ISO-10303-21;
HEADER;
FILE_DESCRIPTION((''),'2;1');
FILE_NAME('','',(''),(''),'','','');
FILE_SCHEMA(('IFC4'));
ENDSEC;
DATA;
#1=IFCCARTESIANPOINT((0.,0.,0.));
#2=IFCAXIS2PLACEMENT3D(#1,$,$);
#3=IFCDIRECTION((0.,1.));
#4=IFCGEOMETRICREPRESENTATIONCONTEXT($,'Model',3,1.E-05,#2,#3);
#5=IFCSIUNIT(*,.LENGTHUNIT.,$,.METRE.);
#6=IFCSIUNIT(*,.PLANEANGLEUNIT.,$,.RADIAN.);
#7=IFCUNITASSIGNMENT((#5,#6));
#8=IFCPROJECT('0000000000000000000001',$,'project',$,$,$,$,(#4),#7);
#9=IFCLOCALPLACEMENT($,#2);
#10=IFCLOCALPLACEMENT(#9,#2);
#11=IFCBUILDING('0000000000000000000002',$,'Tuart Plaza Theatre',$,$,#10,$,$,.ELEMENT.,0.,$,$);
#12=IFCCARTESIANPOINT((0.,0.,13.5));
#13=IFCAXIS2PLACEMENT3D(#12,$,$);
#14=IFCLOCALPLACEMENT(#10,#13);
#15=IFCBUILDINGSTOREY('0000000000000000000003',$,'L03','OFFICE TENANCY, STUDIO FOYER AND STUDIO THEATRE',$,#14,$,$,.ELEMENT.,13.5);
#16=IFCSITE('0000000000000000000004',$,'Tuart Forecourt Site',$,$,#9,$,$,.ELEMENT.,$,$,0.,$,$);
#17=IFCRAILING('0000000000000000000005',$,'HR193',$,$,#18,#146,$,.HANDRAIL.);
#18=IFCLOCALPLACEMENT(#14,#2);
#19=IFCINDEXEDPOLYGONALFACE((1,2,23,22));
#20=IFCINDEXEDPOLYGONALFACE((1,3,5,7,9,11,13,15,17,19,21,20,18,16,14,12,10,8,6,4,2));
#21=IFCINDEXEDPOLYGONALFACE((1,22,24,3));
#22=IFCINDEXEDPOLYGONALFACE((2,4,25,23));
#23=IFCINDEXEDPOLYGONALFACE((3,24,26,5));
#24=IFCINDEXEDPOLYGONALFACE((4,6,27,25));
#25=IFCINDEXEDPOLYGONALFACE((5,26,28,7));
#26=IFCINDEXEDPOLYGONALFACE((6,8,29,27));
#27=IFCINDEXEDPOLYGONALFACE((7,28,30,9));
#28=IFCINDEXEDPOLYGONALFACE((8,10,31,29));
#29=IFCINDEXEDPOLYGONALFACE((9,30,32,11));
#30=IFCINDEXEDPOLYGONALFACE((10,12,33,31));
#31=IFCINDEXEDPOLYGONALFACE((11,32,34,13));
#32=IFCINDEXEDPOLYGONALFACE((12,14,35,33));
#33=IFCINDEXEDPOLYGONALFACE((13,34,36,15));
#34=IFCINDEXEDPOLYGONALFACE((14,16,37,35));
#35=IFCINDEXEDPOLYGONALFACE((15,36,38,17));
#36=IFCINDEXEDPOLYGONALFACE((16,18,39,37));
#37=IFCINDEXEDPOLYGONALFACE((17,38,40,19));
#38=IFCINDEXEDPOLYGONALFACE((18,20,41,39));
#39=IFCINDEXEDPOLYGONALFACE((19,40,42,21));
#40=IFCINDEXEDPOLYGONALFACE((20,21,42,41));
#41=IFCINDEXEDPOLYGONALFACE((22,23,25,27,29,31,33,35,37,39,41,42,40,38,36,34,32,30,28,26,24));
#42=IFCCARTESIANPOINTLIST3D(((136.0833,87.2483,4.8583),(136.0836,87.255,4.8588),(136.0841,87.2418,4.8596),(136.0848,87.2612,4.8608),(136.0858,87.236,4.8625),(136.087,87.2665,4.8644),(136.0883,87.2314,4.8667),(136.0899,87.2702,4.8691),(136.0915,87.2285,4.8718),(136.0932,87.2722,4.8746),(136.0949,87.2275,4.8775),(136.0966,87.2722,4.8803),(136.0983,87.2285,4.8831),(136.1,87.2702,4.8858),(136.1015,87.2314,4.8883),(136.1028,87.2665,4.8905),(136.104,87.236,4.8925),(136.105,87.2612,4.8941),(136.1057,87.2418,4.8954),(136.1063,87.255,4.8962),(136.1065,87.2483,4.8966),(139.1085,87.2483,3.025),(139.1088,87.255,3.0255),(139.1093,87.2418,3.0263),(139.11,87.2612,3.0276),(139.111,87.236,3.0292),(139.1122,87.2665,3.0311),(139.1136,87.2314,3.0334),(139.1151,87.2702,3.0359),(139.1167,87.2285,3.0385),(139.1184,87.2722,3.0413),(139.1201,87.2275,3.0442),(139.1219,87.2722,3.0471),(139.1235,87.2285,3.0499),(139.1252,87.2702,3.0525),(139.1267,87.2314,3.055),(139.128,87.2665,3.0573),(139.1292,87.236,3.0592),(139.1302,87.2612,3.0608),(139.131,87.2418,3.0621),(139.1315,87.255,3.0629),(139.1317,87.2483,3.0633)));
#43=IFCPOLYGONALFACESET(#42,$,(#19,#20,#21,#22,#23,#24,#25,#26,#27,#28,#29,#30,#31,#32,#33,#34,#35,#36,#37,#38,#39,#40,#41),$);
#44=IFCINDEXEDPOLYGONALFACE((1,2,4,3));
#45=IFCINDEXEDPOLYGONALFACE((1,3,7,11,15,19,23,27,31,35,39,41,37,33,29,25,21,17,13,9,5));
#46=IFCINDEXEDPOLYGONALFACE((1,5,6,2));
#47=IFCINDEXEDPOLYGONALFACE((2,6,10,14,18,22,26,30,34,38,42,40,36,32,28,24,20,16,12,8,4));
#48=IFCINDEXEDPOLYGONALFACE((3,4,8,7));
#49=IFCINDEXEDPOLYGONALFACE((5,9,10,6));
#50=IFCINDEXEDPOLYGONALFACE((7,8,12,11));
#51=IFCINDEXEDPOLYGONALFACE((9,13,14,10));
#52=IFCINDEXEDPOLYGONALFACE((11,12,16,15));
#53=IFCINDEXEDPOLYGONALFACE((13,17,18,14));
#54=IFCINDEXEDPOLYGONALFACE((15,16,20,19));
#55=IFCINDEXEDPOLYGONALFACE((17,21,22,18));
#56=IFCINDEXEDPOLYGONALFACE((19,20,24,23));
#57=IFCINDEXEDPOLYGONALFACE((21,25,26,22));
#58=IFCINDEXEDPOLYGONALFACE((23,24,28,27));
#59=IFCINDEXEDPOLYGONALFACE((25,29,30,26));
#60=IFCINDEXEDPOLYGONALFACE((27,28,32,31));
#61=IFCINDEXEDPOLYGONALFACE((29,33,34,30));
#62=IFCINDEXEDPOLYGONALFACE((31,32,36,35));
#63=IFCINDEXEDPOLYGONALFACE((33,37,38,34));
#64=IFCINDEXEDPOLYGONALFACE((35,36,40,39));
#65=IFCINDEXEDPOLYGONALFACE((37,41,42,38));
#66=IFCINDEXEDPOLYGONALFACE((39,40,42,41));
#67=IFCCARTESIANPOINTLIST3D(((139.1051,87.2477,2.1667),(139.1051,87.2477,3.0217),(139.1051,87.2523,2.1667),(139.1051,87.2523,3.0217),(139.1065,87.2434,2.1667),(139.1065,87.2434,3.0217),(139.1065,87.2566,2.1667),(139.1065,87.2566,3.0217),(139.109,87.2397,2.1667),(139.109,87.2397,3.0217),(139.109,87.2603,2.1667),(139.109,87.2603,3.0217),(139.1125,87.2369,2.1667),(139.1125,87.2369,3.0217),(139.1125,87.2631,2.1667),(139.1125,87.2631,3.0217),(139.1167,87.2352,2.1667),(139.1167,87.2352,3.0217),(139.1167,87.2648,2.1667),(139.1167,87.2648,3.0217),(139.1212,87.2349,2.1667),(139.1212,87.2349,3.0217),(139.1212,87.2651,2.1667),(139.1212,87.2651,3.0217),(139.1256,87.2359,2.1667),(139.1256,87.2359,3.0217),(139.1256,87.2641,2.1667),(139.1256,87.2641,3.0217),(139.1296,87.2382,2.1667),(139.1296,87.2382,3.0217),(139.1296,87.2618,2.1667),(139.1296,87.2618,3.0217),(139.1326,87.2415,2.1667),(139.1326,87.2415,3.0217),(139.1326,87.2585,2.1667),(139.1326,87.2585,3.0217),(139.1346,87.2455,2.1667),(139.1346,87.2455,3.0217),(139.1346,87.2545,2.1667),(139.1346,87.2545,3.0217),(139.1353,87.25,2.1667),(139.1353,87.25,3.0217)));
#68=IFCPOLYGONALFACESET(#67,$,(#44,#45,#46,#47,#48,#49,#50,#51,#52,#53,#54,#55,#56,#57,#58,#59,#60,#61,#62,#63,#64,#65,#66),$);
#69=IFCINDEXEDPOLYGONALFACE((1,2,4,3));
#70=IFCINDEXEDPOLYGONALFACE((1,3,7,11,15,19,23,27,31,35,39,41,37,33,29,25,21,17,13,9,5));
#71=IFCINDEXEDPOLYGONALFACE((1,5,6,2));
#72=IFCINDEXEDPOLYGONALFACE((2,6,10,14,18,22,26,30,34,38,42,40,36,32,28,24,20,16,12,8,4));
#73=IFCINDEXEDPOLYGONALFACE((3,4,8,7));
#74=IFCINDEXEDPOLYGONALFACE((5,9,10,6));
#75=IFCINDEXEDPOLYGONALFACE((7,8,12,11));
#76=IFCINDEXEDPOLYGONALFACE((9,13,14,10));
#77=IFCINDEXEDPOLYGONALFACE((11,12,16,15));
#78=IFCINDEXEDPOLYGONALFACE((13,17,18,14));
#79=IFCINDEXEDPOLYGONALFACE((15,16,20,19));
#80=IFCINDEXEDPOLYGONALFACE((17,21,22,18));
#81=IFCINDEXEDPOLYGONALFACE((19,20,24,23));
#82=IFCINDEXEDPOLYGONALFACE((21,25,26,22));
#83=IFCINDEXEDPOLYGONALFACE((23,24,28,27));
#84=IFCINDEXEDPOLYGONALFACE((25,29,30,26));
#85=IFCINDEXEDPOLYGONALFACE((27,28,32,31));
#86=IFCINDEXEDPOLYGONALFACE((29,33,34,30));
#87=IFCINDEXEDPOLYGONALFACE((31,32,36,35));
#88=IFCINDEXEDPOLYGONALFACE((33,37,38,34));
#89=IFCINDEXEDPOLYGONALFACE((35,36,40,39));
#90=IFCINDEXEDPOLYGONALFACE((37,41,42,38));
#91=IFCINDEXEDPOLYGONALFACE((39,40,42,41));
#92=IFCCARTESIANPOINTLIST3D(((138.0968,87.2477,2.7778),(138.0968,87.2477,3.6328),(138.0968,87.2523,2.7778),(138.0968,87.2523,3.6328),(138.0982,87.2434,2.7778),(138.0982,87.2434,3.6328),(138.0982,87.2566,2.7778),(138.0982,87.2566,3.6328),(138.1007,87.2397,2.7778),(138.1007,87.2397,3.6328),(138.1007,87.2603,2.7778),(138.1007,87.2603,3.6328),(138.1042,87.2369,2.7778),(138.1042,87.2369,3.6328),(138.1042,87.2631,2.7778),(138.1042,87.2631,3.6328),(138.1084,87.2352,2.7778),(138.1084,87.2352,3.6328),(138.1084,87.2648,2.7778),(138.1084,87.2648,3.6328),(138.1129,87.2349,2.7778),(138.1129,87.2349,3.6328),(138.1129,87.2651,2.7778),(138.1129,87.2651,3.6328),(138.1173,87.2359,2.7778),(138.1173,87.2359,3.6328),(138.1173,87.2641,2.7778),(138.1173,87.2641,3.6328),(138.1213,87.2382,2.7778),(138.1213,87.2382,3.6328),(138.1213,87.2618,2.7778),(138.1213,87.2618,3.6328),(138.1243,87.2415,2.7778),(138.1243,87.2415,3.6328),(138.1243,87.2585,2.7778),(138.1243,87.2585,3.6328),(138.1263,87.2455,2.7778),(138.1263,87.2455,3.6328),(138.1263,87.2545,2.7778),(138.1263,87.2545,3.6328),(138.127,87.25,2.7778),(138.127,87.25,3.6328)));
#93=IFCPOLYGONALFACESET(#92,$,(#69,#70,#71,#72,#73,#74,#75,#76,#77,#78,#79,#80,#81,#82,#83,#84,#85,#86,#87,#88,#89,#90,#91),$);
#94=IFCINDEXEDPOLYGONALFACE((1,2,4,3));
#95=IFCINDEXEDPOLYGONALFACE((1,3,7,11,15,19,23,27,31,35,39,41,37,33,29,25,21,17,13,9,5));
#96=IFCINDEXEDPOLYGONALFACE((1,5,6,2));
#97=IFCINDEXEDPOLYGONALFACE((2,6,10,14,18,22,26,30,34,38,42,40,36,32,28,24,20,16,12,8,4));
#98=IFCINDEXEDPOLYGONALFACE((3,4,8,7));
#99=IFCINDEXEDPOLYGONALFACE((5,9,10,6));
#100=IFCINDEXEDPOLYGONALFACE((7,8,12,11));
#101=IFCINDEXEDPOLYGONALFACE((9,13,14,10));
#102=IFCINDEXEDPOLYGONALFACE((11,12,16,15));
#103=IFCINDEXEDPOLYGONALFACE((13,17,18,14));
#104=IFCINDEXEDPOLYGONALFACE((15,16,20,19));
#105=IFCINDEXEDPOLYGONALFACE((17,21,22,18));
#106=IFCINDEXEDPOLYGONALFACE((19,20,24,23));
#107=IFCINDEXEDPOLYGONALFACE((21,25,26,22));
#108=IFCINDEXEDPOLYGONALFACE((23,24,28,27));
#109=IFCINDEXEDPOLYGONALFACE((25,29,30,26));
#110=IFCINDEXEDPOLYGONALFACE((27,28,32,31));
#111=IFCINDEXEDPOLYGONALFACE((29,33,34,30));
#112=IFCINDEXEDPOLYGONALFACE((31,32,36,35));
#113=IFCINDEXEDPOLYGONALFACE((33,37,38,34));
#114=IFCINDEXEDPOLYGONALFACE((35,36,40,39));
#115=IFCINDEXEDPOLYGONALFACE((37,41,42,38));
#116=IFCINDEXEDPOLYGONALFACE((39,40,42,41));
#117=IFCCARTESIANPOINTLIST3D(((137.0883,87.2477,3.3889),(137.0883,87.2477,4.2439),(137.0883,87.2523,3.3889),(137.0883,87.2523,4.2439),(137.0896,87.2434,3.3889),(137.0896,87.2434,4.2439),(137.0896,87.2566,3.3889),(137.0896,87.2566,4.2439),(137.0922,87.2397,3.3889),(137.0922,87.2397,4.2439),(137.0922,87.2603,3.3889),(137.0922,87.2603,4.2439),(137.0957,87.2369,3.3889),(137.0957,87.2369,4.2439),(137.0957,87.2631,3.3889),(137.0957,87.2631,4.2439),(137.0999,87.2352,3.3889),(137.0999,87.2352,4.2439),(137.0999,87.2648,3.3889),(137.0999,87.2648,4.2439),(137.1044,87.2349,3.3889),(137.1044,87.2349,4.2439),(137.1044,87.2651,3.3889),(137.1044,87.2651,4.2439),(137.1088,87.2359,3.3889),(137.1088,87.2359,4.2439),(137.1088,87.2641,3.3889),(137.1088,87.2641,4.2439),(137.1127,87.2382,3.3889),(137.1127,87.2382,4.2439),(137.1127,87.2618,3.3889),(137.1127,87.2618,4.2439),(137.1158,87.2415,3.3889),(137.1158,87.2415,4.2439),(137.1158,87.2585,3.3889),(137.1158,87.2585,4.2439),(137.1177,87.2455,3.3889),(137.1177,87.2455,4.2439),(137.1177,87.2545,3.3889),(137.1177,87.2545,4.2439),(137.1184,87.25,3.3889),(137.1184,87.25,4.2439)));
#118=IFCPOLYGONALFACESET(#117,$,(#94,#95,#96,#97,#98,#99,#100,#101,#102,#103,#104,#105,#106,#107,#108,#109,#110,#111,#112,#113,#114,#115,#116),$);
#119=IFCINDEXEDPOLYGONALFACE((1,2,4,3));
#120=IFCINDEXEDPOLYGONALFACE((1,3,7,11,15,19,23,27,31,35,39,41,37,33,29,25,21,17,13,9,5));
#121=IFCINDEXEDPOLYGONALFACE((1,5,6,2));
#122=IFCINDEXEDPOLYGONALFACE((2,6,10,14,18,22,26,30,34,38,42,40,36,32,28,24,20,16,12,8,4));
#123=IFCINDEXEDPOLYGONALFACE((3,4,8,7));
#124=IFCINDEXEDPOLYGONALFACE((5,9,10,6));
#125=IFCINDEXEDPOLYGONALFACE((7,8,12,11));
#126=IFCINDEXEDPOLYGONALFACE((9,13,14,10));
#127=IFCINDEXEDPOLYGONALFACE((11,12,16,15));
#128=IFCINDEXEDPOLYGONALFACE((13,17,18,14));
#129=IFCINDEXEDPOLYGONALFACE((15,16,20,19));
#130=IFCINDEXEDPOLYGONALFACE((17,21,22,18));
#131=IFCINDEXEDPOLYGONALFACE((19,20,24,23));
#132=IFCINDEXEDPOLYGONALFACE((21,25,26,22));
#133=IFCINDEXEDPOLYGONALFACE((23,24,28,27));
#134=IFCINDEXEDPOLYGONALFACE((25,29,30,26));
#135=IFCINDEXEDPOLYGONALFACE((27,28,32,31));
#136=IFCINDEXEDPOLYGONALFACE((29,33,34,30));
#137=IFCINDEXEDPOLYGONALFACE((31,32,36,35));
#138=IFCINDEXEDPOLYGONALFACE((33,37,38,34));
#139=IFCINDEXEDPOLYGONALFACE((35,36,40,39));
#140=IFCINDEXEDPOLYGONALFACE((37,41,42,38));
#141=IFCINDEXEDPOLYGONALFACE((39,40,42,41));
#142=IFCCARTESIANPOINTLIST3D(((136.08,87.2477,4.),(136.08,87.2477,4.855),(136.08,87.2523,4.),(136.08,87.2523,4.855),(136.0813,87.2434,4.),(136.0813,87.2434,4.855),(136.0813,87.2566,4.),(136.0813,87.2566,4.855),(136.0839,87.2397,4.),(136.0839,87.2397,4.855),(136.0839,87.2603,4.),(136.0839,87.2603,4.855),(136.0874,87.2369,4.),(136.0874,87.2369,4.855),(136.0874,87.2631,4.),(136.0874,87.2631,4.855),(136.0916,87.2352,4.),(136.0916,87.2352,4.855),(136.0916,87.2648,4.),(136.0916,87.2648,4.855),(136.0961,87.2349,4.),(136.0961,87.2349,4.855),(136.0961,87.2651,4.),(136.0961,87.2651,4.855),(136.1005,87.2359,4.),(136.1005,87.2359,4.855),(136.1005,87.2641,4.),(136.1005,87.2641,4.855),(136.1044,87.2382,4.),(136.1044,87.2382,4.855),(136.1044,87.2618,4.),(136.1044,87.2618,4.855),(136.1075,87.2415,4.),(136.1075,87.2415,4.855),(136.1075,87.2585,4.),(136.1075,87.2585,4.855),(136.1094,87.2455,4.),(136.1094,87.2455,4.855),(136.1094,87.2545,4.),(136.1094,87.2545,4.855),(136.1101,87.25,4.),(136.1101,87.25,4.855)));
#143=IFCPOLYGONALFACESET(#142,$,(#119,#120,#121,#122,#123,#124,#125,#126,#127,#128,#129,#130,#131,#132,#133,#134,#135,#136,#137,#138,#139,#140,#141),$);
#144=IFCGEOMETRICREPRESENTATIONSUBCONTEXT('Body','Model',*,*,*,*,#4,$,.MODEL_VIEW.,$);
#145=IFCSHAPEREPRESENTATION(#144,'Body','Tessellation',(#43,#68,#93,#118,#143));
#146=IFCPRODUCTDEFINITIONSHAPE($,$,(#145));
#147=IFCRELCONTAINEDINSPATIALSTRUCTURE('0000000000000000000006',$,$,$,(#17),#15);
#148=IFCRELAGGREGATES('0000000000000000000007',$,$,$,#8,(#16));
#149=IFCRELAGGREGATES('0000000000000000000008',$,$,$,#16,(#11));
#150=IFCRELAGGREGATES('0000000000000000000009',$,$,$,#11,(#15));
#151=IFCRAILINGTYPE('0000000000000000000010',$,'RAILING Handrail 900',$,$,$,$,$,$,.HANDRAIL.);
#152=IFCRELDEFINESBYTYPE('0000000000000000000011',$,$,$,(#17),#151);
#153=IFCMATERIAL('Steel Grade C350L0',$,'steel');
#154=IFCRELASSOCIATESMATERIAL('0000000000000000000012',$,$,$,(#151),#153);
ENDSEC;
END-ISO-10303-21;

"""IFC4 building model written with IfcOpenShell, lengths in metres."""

from ifc_helpers import new_model, si_unit, direction, frame, origin, origin_2d, place, context, subcontext, project, spatial, circle, extrude, material, type_object, element, save


model = new_model("IFC4")

# Units and contexts
model_context = context("Model", 3, precision=1e-05, world=origin(), true_north=direction((0.0, 1.0)))
body_context = subcontext(model_context, "Body", "Model", "MODEL_VIEW")
ifc_project = project(units=[si_unit("LENGTHUNIT", "METRE"), si_unit("PLANEANGLEUNIT", "RADIAN")], contexts=[model_context])

# Site, building, storey
site_placement = place(None, origin())
site = spatial("IfcSite", under=ifc_project, at=site_placement, Name="Tuart Forecourt Site", CompositionType="ELEMENT", RefElevation=0.0)
building_placement = place(site_placement, origin())
building = spatial("IfcBuilding", under=site, at=building_placement, Name="Tuart Plaza Theatre", CompositionType="ELEMENT", ElevationOfRefHeight=0.0)
storey_placement = place(building_placement, frame((0.0, 0.0, 13.5)))
storey = spatial("IfcBuildingStorey", under=building, at=storey_placement, Name="L03", Description="OFFICE TENANCY, STUDIO FOYER AND STUDIO THEATRE", CompositionType="ELEMENT", Elevation=13.5)

# Railing
ifc_material_1 = material(Name="Steel Grade C350L0", Category="steel")
railing_type_1 = type_object("IfcRailingType", Name="RAILING Handrail 900", PredefinedType="HANDRAIL", material=ifc_material_1)
for number, where, name in (
    (1, (139.1201, 87.25, 2.1667), "HR193"),
):
    element("IfcRailing", number, at=place(storey_placement, frame(where)), inside=storey, type_object=railing_type_1, Name=name, PredefinedType="HANDRAIL", context=body_context, shape_type="SweptSolid", body=[
        extrude(circle(Radius=0.0225, at=origin_2d()), frame((0.0, 0.0, 0.8774), z_axis=(-0.855219, 0.0, 0.518267), x_axis=(0.0, -1.0, 0.0)), (0.0, 0.0, 1.0), 3.5374),
        extrude(circle(Radius=0.0151, at=origin_2d()), origin(), (0.0, 0.0, 1.0), 0.855),
        extrude(circle(Radius=0.0151, at=origin_2d()), frame((-1.0083, 0.0, 0.6111)), (0.0, 0.0, 1.0), 0.855),
        extrude(circle(Radius=0.0151, at=origin_2d()), frame((-2.0168, 0.0, 1.2222)), (0.0, 0.0, 1.0), 0.855),
        extrude(circle(Radius=0.0151, at=origin_2d()), frame((-3.0251, 0.0, 1.8333)), (0.0, 0.0, 1.0), 0.855),
    ])

save(model, "model.ifc")
